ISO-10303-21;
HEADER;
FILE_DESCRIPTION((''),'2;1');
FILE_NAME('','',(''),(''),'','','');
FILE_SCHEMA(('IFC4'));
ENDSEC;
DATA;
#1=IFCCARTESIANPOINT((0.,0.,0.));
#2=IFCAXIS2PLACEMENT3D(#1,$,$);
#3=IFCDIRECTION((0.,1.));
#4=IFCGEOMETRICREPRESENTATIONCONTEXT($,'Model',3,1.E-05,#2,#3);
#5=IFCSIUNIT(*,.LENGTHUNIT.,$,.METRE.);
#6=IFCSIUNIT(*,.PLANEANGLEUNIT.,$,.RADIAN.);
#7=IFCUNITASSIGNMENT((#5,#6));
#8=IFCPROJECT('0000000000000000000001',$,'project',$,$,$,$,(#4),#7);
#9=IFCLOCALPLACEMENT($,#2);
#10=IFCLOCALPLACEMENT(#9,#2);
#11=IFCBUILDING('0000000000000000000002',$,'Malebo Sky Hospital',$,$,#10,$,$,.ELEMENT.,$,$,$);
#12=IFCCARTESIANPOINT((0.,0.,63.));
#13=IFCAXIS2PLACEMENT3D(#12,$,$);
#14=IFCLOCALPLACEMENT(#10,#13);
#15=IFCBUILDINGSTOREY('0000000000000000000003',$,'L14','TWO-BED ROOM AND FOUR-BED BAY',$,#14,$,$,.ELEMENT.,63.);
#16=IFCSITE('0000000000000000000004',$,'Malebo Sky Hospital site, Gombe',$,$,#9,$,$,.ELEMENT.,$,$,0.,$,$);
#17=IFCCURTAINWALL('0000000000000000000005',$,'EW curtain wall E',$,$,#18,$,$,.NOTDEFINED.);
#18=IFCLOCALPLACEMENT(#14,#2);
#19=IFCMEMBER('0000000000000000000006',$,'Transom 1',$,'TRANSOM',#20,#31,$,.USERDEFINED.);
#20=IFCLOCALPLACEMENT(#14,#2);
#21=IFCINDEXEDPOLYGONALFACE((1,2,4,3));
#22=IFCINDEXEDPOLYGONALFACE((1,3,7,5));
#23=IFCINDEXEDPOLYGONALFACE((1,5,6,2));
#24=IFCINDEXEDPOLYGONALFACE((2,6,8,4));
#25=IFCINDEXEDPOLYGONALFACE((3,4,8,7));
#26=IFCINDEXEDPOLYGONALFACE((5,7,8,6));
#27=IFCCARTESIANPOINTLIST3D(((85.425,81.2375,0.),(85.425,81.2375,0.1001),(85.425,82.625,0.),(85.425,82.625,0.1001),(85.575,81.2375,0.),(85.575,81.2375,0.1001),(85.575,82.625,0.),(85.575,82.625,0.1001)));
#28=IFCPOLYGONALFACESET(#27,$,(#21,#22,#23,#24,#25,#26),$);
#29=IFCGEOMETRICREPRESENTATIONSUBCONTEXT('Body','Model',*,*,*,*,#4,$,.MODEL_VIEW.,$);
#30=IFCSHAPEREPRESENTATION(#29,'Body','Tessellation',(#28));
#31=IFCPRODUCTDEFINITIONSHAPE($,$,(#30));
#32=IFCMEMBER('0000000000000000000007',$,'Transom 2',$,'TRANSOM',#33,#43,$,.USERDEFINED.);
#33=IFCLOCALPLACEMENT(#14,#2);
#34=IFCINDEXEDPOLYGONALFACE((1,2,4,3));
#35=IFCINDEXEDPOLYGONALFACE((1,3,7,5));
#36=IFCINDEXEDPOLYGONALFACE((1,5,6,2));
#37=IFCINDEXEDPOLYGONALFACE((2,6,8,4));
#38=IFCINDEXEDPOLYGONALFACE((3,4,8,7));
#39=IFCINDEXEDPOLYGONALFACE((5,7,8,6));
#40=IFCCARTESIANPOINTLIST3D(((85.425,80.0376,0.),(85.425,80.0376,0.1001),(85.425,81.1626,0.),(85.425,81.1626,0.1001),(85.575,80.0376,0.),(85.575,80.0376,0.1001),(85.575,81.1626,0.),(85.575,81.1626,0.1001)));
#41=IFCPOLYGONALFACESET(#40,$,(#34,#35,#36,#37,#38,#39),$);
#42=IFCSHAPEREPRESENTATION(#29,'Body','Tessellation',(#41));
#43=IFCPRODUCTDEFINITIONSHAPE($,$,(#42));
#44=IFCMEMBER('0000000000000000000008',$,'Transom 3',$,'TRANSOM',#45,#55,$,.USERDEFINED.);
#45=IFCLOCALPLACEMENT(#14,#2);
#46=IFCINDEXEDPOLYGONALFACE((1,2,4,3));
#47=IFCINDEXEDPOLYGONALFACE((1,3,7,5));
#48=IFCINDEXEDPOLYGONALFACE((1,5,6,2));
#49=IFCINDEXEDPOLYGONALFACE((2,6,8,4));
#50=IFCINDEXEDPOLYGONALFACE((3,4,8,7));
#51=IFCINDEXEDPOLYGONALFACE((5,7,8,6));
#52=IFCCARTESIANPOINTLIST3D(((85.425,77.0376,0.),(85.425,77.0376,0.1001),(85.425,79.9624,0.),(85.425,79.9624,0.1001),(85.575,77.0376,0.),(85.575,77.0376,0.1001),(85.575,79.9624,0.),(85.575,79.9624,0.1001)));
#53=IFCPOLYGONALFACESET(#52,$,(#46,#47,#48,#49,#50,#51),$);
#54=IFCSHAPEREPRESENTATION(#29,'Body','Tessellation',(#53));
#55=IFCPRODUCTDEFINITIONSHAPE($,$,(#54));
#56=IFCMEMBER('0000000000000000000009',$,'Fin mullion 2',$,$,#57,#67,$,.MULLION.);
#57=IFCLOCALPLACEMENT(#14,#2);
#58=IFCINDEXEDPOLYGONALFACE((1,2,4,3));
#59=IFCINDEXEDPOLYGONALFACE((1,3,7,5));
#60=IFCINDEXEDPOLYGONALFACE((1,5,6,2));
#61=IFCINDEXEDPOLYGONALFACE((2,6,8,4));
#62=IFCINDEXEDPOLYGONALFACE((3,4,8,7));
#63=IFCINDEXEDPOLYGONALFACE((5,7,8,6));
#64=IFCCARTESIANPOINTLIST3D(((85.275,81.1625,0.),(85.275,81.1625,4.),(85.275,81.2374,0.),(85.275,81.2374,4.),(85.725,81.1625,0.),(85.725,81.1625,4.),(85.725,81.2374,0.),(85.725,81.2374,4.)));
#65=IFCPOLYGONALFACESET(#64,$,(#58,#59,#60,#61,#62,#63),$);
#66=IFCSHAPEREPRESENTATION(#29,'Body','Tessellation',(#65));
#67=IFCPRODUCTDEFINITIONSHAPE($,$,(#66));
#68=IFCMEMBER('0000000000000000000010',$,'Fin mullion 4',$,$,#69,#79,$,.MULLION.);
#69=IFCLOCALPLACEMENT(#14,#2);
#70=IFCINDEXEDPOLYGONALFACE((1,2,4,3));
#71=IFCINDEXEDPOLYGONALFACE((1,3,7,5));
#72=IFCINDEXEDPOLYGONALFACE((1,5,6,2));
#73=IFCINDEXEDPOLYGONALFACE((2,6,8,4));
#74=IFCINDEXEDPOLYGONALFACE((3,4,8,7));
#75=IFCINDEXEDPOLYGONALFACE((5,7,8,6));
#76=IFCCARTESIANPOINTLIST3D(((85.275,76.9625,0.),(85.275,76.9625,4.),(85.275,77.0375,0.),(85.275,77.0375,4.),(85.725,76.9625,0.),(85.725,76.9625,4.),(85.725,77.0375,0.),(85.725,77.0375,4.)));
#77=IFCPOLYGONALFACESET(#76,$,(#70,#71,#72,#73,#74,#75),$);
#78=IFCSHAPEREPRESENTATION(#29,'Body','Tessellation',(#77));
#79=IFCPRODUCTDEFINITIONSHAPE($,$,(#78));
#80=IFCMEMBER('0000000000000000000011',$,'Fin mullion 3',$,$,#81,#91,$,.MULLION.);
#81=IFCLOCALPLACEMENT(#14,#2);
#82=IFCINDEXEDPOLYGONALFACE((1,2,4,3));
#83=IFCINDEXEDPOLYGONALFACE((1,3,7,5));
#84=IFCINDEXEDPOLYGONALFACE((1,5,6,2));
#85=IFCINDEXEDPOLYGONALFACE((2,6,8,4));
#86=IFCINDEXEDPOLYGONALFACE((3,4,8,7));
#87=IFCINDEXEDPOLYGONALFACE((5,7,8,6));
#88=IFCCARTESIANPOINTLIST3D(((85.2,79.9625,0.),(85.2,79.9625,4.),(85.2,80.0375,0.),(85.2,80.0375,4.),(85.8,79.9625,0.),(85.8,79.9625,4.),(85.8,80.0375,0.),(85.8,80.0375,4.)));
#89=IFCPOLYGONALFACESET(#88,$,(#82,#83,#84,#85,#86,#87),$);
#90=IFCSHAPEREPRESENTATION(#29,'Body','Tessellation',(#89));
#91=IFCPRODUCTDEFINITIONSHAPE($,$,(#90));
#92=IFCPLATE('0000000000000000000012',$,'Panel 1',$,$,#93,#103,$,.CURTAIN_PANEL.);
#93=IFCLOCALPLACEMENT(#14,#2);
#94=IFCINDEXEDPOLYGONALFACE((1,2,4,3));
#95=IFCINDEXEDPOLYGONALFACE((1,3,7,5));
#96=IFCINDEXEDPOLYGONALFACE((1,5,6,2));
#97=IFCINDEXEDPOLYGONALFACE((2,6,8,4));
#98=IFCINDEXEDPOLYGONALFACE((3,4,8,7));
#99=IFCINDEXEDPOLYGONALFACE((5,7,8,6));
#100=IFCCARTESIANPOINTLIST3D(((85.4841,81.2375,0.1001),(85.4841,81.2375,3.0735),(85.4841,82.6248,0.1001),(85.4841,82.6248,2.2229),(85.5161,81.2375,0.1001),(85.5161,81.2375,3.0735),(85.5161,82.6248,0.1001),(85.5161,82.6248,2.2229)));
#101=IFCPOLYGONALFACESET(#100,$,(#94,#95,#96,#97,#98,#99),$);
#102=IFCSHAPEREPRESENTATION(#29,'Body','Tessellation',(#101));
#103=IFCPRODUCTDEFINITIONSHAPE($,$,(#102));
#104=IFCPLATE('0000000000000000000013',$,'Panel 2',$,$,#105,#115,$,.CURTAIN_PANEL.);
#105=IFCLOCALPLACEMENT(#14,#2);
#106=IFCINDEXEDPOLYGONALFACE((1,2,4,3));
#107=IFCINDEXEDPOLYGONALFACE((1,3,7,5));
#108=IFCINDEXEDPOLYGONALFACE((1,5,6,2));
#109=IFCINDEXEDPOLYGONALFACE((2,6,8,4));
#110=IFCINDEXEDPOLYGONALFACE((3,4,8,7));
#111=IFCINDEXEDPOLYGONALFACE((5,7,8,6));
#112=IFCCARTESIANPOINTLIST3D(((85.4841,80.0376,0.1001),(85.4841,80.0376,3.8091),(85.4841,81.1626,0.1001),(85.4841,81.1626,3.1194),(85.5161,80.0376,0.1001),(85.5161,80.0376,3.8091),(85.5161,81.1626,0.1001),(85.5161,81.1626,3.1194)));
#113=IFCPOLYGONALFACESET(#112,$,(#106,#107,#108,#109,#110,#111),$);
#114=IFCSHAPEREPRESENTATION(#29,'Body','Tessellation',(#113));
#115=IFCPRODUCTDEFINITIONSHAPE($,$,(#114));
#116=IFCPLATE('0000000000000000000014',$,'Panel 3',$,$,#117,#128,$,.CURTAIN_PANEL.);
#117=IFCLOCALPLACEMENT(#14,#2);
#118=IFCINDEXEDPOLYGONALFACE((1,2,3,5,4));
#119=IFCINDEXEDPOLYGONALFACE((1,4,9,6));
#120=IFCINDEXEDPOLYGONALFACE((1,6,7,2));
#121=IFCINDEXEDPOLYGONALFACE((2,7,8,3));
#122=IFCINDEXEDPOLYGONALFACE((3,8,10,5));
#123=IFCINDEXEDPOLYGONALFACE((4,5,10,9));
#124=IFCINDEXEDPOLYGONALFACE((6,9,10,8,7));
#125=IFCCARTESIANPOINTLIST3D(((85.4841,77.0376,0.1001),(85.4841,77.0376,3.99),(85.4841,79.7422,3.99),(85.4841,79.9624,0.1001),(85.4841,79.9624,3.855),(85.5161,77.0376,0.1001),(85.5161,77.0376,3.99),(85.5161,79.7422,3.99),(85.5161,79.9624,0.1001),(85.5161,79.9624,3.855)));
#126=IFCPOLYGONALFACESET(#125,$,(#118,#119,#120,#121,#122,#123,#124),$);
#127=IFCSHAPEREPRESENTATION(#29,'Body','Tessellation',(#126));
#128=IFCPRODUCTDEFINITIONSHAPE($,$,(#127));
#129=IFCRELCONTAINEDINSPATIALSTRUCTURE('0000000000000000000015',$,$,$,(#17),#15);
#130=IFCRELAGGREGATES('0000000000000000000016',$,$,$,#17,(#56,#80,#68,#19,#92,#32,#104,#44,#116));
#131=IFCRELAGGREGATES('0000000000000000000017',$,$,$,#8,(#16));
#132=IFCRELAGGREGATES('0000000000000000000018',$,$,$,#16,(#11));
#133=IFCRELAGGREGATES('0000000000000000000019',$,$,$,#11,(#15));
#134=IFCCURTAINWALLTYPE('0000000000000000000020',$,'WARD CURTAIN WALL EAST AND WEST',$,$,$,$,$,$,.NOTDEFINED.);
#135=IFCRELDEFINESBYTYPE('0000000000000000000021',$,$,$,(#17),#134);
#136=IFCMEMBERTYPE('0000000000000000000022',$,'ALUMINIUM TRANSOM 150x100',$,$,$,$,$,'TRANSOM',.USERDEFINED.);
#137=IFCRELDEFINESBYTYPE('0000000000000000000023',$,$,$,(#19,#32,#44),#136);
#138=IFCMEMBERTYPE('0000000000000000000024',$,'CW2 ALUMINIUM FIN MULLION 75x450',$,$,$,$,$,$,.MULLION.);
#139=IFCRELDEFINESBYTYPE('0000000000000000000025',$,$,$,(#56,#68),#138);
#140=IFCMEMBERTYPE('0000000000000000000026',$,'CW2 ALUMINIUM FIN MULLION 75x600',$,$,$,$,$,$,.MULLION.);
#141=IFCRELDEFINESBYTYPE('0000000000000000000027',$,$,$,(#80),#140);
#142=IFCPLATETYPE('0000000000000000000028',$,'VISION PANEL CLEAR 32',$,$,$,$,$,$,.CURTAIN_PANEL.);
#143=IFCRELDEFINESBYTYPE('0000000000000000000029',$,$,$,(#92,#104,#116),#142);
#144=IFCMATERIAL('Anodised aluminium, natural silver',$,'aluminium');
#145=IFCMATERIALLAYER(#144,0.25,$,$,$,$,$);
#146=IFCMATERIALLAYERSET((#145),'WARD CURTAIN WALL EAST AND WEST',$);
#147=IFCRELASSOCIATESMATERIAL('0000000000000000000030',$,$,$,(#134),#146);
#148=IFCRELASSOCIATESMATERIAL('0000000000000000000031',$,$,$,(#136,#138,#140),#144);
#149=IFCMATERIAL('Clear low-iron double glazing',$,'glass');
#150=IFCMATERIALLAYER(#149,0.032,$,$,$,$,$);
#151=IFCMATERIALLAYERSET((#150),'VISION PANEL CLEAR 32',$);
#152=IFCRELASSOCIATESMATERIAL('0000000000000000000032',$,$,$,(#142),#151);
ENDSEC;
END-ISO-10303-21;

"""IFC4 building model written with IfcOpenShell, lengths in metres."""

from ifc_helpers import new_model, si_unit, direction, frame, origin, origin_2d, place, context, subcontext, project, spatial, polyline, rectangle, outline, extrude, material, layer, layer_set, material_profile, profile_set, type_object, element, aggregate, save


model = new_model("IFC4")

# Units and contexts
model_context = context("Model", 3, precision=1e-05, world=origin(), true_north=direction((0.0, 1.0)))
body_context = subcontext(model_context, "Body", "Model", "MODEL_VIEW")
ifc_project = project(units=[si_unit("LENGTHUNIT", "METRE"), si_unit("PLANEANGLEUNIT", "RADIAN")], contexts=[model_context])

# Site, building, storey
site_placement = place(None, origin())
site = spatial("IfcSite", under=ifc_project, at=site_placement, Name="Malebo Sky Hospital site, Gombe", CompositionType="ELEMENT", RefElevation=0.0)
building_placement = place(site_placement, origin())
building = spatial("IfcBuilding", under=site, at=building_placement, Name="Malebo Sky Hospital", CompositionType="ELEMENT")
storey_placement = place(building_placement, frame((0.0, 0.0, 63.0)))
storey = spatial("IfcBuildingStorey", under=building, at=storey_placement, Name="L14", Description="TWO-BED ROOM AND FOUR-BED BAY", CompositionType="ELEMENT", Elevation=63.0)

# Curtain wall, members, plates
ifc_material_1 = material(Name="Anodised aluminium, natural silver", Category="aluminium")
ifc_layer_1 = layer(ifc_material_1, 0.25)
ifc_layer_set_1 = layer_set([ifc_layer_1], Name="WARD CURTAIN WALL EAST AND WEST")
curtain_wall_type = type_object("IfcCurtainWallType", Name="WARD CURTAIN WALL EAST AND WEST", PredefinedType="NOTDEFINED", material=ifc_layer_set_1)
curtain_wall_placement = place(storey_placement, origin())
curtain_wall = element("IfcCurtainWall", 1, at=curtain_wall_placement, inside=storey, type_object=curtain_wall_type, Name="EW curtain wall E", PredefinedType="NOTDEFINED")
ifc_material_profile_1 = material_profile(ifc_material_1, rectangle(XDim=0.1499, YDim=0.1001, at=origin_2d()), Name="ALUMINIUM TRANSOM 150x100")
ifc_profile_set_1 = profile_set([ifc_material_profile_1], Name="Anodised aluminium, natural silver")
member_type_1 = type_object("IfcMemberType", Name="ALUMINIUM TRANSOM 150x100", ElementType="TRANSOM", PredefinedType="USERDEFINED", material=ifc_profile_set_1)
member_1_placement = place(storey_placement, frame((85.5, 82.625, 0.05), z_axis=(0.0, -1.0, 0.0), x_axis=(1.0, 0.0, 0.0)))
member_1 = element("IfcMember", 2, at=member_1_placement, type_object=member_type_1, Name="Transom 1", ObjectType="TRANSOM", PredefinedType="USERDEFINED", context=body_context, shape_type="SweptSolid", body=[
    extrude(rectangle(XDim=0.1499, YDim=0.1001, at=origin_2d()), origin(), (0.0, 0.0, 1.0), 1.3875),
])
member_2_placement = place(storey_placement, frame((85.5, 81.1626, 0.05), z_axis=(0.0, -1.0, 0.0), x_axis=(1.0, 0.0, 0.0)))
member_2 = element("IfcMember", 3, at=member_2_placement, type_object=member_type_1, Name="Transom 2", ObjectType="TRANSOM", PredefinedType="USERDEFINED", context=body_context, shape_type="SweptSolid", body=[
    extrude(rectangle(XDim=0.1499, YDim=0.1001, at=origin_2d()), origin(), (0.0, 0.0, 1.0), 1.125),
])
member_3_placement = place(storey_placement, frame((85.5, 79.9624, 0.05), z_axis=(0.0, -1.0, 0.0), x_axis=(1.0, 0.0, 0.0)))
member_3 = element("IfcMember", 4, at=member_3_placement, type_object=member_type_1, Name="Transom 3", ObjectType="TRANSOM", PredefinedType="USERDEFINED", context=body_context, shape_type="SweptSolid", body=[
    extrude(rectangle(XDim=0.1499, YDim=0.1001, at=origin_2d()), origin(), (0.0, 0.0, 1.0), 2.9248),
])
ifc_material_profile_2 = material_profile(ifc_material_1, rectangle(XDim=0.075, YDim=0.45, at=origin_2d()), Name="CW2 ALUMINIUM FIN MULLION 75x450")
ifc_profile_set_2 = profile_set([ifc_material_profile_2], Name="Anodised aluminium, natural silver")
member_type_2 = type_object("IfcMemberType", Name="CW2 ALUMINIUM FIN MULLION 75x450", PredefinedType="MULLION", material=ifc_profile_set_2)
member_4_placement = place(storey_placement, frame((85.5, 81.2, 0.0), z_axis=(0.0, 0.0, 1.0), x_axis=(0.0, -1.0, 0.0)))
member_4 = element("IfcMember", 5, at=member_4_placement, type_object=member_type_2, Name="Fin mullion 2", PredefinedType="MULLION", context=body_context, shape_type="SweptSolid", body=[
    extrude(rectangle(XDim=0.075, YDim=0.45, at=origin_2d()), origin(), (0.0, 0.0, 1.0), 4.0),
])
member_5_placement = place(storey_placement, frame((85.5, 77.0, 0.0), z_axis=(0.0, 0.0, 1.0), x_axis=(0.0, -1.0, 0.0)))
member_5 = element("IfcMember", 6, at=member_5_placement, type_object=member_type_2, Name="Fin mullion 4", PredefinedType="MULLION", context=body_context, shape_type="SweptSolid", body=[
    extrude(rectangle(XDim=0.075, YDim=0.45, at=origin_2d()), origin(), (0.0, 0.0, 1.0), 4.0),
])
ifc_material_profile_3 = material_profile(ifc_material_1, rectangle(XDim=0.075, YDim=0.6001, at=origin_2d()), Name="CW2 ALUMINIUM FIN MULLION 75x600")
ifc_profile_set_3 = profile_set([ifc_material_profile_3], Name="Anodised aluminium, natural silver")
member_type_3 = type_object("IfcMemberType", Name="CW2 ALUMINIUM FIN MULLION 75x600", PredefinedType="MULLION", material=ifc_profile_set_3)
member_6_placement = place(storey_placement, frame((85.5, 80.0, 0.0), z_axis=(0.0, 0.0, 1.0), x_axis=(0.0, -1.0, 0.0)))
member_6 = element("IfcMember", 7, at=member_6_placement, type_object=member_type_3, Name="Fin mullion 3", PredefinedType="MULLION", context=body_context, shape_type="SweptSolid", body=[
    extrude(rectangle(XDim=0.075, YDim=0.6001, at=origin_2d()), origin(), (0.0, 0.0, 1.0), 4.0),
])
ifc_material_2 = material(Name="Clear low-iron double glazing", Category="glass")
ifc_layer_2 = layer(ifc_material_2, 0.032)
ifc_layer_set_2 = layer_set([ifc_layer_2], Name="VISION PANEL CLEAR 32")
plate_type = type_object("IfcPlateType", Name="VISION PANEL CLEAR 32", PredefinedType="CURTAIN_PANEL", material=ifc_layer_set_2)
plate_1_placement = place(storey_placement, frame((85.5, 81.9312, 0.1001), z_axis=(0.0, 0.0, 1.0), x_axis=(0.0, -1.0, 0.0)))
plate_1 = element("IfcPlate", 8, at=plate_1_placement, type_object=plate_type, Name="Panel 1", PredefinedType="CURTAIN_PANEL", context=body_context, shape_type="SweptSolid", body=[
    extrude(outline(polyline([(-0.6936, 0.0), (0.6936, 0.0), (0.6936, 2.9734), (-0.6936, 2.1228), (-0.6936, 0.0)])), frame((0.0, 0.0161, 0.0), z_axis=(0.0, -1.0, 0.0), x_axis=(1.0, 0.0, 0.0)), (0.0, 0.0, 1.0), 0.032),
])
plate_2_placement = place(storey_placement, frame((85.5, 80.6001, 0.1001), z_axis=(0.0, 0.0, 1.0), x_axis=(0.0, -1.0, 0.0)))
plate_2 = element("IfcPlate", 9, at=plate_2_placement, type_object=plate_type, Name="Panel 2", PredefinedType="CURTAIN_PANEL", context=body_context, shape_type="SweptSolid", body=[
    extrude(outline(polyline([(-0.5625, 0.0), (0.5625, 0.0), (0.5625, 3.709), (-0.5625, 3.0193), (-0.5625, 0.0)])), frame((0.0, 0.0161, 0.0), z_axis=(0.0, -1.0, 0.0), x_axis=(1.0, 0.0, 0.0)), (0.0, 0.0, 1.0), 0.032),
])
plate_3_placement = place(storey_placement, frame((85.5, 78.5, 0.1001), z_axis=(0.0, 0.0, 1.0), x_axis=(0.0, -1.0, 0.0)))
plate_3 = element("IfcPlate", 10, at=plate_3_placement, type_object=plate_type, Name="Panel 3", PredefinedType="CURTAIN_PANEL", context=body_context, shape_type="SweptSolid", body=[
    extrude(outline(polyline([(-1.4624, 0.0), (1.4624, 0.0), (1.4624, 3.8899), (-1.2422, 3.8899), (-1.4624, 3.7549), (-1.4624, 0.0)])), frame((0.0, 0.0161, 0.0), z_axis=(0.0, -1.0, 0.0), x_axis=(1.0, 0.0, 0.0)), (0.0, 0.0, 1.0), 0.032),
])
aggregate(curtain_wall, [member_4, member_6, member_5, member_1, plate_1, member_2, plate_2, member_3, plate_3])

save(model, "model.ifc")
